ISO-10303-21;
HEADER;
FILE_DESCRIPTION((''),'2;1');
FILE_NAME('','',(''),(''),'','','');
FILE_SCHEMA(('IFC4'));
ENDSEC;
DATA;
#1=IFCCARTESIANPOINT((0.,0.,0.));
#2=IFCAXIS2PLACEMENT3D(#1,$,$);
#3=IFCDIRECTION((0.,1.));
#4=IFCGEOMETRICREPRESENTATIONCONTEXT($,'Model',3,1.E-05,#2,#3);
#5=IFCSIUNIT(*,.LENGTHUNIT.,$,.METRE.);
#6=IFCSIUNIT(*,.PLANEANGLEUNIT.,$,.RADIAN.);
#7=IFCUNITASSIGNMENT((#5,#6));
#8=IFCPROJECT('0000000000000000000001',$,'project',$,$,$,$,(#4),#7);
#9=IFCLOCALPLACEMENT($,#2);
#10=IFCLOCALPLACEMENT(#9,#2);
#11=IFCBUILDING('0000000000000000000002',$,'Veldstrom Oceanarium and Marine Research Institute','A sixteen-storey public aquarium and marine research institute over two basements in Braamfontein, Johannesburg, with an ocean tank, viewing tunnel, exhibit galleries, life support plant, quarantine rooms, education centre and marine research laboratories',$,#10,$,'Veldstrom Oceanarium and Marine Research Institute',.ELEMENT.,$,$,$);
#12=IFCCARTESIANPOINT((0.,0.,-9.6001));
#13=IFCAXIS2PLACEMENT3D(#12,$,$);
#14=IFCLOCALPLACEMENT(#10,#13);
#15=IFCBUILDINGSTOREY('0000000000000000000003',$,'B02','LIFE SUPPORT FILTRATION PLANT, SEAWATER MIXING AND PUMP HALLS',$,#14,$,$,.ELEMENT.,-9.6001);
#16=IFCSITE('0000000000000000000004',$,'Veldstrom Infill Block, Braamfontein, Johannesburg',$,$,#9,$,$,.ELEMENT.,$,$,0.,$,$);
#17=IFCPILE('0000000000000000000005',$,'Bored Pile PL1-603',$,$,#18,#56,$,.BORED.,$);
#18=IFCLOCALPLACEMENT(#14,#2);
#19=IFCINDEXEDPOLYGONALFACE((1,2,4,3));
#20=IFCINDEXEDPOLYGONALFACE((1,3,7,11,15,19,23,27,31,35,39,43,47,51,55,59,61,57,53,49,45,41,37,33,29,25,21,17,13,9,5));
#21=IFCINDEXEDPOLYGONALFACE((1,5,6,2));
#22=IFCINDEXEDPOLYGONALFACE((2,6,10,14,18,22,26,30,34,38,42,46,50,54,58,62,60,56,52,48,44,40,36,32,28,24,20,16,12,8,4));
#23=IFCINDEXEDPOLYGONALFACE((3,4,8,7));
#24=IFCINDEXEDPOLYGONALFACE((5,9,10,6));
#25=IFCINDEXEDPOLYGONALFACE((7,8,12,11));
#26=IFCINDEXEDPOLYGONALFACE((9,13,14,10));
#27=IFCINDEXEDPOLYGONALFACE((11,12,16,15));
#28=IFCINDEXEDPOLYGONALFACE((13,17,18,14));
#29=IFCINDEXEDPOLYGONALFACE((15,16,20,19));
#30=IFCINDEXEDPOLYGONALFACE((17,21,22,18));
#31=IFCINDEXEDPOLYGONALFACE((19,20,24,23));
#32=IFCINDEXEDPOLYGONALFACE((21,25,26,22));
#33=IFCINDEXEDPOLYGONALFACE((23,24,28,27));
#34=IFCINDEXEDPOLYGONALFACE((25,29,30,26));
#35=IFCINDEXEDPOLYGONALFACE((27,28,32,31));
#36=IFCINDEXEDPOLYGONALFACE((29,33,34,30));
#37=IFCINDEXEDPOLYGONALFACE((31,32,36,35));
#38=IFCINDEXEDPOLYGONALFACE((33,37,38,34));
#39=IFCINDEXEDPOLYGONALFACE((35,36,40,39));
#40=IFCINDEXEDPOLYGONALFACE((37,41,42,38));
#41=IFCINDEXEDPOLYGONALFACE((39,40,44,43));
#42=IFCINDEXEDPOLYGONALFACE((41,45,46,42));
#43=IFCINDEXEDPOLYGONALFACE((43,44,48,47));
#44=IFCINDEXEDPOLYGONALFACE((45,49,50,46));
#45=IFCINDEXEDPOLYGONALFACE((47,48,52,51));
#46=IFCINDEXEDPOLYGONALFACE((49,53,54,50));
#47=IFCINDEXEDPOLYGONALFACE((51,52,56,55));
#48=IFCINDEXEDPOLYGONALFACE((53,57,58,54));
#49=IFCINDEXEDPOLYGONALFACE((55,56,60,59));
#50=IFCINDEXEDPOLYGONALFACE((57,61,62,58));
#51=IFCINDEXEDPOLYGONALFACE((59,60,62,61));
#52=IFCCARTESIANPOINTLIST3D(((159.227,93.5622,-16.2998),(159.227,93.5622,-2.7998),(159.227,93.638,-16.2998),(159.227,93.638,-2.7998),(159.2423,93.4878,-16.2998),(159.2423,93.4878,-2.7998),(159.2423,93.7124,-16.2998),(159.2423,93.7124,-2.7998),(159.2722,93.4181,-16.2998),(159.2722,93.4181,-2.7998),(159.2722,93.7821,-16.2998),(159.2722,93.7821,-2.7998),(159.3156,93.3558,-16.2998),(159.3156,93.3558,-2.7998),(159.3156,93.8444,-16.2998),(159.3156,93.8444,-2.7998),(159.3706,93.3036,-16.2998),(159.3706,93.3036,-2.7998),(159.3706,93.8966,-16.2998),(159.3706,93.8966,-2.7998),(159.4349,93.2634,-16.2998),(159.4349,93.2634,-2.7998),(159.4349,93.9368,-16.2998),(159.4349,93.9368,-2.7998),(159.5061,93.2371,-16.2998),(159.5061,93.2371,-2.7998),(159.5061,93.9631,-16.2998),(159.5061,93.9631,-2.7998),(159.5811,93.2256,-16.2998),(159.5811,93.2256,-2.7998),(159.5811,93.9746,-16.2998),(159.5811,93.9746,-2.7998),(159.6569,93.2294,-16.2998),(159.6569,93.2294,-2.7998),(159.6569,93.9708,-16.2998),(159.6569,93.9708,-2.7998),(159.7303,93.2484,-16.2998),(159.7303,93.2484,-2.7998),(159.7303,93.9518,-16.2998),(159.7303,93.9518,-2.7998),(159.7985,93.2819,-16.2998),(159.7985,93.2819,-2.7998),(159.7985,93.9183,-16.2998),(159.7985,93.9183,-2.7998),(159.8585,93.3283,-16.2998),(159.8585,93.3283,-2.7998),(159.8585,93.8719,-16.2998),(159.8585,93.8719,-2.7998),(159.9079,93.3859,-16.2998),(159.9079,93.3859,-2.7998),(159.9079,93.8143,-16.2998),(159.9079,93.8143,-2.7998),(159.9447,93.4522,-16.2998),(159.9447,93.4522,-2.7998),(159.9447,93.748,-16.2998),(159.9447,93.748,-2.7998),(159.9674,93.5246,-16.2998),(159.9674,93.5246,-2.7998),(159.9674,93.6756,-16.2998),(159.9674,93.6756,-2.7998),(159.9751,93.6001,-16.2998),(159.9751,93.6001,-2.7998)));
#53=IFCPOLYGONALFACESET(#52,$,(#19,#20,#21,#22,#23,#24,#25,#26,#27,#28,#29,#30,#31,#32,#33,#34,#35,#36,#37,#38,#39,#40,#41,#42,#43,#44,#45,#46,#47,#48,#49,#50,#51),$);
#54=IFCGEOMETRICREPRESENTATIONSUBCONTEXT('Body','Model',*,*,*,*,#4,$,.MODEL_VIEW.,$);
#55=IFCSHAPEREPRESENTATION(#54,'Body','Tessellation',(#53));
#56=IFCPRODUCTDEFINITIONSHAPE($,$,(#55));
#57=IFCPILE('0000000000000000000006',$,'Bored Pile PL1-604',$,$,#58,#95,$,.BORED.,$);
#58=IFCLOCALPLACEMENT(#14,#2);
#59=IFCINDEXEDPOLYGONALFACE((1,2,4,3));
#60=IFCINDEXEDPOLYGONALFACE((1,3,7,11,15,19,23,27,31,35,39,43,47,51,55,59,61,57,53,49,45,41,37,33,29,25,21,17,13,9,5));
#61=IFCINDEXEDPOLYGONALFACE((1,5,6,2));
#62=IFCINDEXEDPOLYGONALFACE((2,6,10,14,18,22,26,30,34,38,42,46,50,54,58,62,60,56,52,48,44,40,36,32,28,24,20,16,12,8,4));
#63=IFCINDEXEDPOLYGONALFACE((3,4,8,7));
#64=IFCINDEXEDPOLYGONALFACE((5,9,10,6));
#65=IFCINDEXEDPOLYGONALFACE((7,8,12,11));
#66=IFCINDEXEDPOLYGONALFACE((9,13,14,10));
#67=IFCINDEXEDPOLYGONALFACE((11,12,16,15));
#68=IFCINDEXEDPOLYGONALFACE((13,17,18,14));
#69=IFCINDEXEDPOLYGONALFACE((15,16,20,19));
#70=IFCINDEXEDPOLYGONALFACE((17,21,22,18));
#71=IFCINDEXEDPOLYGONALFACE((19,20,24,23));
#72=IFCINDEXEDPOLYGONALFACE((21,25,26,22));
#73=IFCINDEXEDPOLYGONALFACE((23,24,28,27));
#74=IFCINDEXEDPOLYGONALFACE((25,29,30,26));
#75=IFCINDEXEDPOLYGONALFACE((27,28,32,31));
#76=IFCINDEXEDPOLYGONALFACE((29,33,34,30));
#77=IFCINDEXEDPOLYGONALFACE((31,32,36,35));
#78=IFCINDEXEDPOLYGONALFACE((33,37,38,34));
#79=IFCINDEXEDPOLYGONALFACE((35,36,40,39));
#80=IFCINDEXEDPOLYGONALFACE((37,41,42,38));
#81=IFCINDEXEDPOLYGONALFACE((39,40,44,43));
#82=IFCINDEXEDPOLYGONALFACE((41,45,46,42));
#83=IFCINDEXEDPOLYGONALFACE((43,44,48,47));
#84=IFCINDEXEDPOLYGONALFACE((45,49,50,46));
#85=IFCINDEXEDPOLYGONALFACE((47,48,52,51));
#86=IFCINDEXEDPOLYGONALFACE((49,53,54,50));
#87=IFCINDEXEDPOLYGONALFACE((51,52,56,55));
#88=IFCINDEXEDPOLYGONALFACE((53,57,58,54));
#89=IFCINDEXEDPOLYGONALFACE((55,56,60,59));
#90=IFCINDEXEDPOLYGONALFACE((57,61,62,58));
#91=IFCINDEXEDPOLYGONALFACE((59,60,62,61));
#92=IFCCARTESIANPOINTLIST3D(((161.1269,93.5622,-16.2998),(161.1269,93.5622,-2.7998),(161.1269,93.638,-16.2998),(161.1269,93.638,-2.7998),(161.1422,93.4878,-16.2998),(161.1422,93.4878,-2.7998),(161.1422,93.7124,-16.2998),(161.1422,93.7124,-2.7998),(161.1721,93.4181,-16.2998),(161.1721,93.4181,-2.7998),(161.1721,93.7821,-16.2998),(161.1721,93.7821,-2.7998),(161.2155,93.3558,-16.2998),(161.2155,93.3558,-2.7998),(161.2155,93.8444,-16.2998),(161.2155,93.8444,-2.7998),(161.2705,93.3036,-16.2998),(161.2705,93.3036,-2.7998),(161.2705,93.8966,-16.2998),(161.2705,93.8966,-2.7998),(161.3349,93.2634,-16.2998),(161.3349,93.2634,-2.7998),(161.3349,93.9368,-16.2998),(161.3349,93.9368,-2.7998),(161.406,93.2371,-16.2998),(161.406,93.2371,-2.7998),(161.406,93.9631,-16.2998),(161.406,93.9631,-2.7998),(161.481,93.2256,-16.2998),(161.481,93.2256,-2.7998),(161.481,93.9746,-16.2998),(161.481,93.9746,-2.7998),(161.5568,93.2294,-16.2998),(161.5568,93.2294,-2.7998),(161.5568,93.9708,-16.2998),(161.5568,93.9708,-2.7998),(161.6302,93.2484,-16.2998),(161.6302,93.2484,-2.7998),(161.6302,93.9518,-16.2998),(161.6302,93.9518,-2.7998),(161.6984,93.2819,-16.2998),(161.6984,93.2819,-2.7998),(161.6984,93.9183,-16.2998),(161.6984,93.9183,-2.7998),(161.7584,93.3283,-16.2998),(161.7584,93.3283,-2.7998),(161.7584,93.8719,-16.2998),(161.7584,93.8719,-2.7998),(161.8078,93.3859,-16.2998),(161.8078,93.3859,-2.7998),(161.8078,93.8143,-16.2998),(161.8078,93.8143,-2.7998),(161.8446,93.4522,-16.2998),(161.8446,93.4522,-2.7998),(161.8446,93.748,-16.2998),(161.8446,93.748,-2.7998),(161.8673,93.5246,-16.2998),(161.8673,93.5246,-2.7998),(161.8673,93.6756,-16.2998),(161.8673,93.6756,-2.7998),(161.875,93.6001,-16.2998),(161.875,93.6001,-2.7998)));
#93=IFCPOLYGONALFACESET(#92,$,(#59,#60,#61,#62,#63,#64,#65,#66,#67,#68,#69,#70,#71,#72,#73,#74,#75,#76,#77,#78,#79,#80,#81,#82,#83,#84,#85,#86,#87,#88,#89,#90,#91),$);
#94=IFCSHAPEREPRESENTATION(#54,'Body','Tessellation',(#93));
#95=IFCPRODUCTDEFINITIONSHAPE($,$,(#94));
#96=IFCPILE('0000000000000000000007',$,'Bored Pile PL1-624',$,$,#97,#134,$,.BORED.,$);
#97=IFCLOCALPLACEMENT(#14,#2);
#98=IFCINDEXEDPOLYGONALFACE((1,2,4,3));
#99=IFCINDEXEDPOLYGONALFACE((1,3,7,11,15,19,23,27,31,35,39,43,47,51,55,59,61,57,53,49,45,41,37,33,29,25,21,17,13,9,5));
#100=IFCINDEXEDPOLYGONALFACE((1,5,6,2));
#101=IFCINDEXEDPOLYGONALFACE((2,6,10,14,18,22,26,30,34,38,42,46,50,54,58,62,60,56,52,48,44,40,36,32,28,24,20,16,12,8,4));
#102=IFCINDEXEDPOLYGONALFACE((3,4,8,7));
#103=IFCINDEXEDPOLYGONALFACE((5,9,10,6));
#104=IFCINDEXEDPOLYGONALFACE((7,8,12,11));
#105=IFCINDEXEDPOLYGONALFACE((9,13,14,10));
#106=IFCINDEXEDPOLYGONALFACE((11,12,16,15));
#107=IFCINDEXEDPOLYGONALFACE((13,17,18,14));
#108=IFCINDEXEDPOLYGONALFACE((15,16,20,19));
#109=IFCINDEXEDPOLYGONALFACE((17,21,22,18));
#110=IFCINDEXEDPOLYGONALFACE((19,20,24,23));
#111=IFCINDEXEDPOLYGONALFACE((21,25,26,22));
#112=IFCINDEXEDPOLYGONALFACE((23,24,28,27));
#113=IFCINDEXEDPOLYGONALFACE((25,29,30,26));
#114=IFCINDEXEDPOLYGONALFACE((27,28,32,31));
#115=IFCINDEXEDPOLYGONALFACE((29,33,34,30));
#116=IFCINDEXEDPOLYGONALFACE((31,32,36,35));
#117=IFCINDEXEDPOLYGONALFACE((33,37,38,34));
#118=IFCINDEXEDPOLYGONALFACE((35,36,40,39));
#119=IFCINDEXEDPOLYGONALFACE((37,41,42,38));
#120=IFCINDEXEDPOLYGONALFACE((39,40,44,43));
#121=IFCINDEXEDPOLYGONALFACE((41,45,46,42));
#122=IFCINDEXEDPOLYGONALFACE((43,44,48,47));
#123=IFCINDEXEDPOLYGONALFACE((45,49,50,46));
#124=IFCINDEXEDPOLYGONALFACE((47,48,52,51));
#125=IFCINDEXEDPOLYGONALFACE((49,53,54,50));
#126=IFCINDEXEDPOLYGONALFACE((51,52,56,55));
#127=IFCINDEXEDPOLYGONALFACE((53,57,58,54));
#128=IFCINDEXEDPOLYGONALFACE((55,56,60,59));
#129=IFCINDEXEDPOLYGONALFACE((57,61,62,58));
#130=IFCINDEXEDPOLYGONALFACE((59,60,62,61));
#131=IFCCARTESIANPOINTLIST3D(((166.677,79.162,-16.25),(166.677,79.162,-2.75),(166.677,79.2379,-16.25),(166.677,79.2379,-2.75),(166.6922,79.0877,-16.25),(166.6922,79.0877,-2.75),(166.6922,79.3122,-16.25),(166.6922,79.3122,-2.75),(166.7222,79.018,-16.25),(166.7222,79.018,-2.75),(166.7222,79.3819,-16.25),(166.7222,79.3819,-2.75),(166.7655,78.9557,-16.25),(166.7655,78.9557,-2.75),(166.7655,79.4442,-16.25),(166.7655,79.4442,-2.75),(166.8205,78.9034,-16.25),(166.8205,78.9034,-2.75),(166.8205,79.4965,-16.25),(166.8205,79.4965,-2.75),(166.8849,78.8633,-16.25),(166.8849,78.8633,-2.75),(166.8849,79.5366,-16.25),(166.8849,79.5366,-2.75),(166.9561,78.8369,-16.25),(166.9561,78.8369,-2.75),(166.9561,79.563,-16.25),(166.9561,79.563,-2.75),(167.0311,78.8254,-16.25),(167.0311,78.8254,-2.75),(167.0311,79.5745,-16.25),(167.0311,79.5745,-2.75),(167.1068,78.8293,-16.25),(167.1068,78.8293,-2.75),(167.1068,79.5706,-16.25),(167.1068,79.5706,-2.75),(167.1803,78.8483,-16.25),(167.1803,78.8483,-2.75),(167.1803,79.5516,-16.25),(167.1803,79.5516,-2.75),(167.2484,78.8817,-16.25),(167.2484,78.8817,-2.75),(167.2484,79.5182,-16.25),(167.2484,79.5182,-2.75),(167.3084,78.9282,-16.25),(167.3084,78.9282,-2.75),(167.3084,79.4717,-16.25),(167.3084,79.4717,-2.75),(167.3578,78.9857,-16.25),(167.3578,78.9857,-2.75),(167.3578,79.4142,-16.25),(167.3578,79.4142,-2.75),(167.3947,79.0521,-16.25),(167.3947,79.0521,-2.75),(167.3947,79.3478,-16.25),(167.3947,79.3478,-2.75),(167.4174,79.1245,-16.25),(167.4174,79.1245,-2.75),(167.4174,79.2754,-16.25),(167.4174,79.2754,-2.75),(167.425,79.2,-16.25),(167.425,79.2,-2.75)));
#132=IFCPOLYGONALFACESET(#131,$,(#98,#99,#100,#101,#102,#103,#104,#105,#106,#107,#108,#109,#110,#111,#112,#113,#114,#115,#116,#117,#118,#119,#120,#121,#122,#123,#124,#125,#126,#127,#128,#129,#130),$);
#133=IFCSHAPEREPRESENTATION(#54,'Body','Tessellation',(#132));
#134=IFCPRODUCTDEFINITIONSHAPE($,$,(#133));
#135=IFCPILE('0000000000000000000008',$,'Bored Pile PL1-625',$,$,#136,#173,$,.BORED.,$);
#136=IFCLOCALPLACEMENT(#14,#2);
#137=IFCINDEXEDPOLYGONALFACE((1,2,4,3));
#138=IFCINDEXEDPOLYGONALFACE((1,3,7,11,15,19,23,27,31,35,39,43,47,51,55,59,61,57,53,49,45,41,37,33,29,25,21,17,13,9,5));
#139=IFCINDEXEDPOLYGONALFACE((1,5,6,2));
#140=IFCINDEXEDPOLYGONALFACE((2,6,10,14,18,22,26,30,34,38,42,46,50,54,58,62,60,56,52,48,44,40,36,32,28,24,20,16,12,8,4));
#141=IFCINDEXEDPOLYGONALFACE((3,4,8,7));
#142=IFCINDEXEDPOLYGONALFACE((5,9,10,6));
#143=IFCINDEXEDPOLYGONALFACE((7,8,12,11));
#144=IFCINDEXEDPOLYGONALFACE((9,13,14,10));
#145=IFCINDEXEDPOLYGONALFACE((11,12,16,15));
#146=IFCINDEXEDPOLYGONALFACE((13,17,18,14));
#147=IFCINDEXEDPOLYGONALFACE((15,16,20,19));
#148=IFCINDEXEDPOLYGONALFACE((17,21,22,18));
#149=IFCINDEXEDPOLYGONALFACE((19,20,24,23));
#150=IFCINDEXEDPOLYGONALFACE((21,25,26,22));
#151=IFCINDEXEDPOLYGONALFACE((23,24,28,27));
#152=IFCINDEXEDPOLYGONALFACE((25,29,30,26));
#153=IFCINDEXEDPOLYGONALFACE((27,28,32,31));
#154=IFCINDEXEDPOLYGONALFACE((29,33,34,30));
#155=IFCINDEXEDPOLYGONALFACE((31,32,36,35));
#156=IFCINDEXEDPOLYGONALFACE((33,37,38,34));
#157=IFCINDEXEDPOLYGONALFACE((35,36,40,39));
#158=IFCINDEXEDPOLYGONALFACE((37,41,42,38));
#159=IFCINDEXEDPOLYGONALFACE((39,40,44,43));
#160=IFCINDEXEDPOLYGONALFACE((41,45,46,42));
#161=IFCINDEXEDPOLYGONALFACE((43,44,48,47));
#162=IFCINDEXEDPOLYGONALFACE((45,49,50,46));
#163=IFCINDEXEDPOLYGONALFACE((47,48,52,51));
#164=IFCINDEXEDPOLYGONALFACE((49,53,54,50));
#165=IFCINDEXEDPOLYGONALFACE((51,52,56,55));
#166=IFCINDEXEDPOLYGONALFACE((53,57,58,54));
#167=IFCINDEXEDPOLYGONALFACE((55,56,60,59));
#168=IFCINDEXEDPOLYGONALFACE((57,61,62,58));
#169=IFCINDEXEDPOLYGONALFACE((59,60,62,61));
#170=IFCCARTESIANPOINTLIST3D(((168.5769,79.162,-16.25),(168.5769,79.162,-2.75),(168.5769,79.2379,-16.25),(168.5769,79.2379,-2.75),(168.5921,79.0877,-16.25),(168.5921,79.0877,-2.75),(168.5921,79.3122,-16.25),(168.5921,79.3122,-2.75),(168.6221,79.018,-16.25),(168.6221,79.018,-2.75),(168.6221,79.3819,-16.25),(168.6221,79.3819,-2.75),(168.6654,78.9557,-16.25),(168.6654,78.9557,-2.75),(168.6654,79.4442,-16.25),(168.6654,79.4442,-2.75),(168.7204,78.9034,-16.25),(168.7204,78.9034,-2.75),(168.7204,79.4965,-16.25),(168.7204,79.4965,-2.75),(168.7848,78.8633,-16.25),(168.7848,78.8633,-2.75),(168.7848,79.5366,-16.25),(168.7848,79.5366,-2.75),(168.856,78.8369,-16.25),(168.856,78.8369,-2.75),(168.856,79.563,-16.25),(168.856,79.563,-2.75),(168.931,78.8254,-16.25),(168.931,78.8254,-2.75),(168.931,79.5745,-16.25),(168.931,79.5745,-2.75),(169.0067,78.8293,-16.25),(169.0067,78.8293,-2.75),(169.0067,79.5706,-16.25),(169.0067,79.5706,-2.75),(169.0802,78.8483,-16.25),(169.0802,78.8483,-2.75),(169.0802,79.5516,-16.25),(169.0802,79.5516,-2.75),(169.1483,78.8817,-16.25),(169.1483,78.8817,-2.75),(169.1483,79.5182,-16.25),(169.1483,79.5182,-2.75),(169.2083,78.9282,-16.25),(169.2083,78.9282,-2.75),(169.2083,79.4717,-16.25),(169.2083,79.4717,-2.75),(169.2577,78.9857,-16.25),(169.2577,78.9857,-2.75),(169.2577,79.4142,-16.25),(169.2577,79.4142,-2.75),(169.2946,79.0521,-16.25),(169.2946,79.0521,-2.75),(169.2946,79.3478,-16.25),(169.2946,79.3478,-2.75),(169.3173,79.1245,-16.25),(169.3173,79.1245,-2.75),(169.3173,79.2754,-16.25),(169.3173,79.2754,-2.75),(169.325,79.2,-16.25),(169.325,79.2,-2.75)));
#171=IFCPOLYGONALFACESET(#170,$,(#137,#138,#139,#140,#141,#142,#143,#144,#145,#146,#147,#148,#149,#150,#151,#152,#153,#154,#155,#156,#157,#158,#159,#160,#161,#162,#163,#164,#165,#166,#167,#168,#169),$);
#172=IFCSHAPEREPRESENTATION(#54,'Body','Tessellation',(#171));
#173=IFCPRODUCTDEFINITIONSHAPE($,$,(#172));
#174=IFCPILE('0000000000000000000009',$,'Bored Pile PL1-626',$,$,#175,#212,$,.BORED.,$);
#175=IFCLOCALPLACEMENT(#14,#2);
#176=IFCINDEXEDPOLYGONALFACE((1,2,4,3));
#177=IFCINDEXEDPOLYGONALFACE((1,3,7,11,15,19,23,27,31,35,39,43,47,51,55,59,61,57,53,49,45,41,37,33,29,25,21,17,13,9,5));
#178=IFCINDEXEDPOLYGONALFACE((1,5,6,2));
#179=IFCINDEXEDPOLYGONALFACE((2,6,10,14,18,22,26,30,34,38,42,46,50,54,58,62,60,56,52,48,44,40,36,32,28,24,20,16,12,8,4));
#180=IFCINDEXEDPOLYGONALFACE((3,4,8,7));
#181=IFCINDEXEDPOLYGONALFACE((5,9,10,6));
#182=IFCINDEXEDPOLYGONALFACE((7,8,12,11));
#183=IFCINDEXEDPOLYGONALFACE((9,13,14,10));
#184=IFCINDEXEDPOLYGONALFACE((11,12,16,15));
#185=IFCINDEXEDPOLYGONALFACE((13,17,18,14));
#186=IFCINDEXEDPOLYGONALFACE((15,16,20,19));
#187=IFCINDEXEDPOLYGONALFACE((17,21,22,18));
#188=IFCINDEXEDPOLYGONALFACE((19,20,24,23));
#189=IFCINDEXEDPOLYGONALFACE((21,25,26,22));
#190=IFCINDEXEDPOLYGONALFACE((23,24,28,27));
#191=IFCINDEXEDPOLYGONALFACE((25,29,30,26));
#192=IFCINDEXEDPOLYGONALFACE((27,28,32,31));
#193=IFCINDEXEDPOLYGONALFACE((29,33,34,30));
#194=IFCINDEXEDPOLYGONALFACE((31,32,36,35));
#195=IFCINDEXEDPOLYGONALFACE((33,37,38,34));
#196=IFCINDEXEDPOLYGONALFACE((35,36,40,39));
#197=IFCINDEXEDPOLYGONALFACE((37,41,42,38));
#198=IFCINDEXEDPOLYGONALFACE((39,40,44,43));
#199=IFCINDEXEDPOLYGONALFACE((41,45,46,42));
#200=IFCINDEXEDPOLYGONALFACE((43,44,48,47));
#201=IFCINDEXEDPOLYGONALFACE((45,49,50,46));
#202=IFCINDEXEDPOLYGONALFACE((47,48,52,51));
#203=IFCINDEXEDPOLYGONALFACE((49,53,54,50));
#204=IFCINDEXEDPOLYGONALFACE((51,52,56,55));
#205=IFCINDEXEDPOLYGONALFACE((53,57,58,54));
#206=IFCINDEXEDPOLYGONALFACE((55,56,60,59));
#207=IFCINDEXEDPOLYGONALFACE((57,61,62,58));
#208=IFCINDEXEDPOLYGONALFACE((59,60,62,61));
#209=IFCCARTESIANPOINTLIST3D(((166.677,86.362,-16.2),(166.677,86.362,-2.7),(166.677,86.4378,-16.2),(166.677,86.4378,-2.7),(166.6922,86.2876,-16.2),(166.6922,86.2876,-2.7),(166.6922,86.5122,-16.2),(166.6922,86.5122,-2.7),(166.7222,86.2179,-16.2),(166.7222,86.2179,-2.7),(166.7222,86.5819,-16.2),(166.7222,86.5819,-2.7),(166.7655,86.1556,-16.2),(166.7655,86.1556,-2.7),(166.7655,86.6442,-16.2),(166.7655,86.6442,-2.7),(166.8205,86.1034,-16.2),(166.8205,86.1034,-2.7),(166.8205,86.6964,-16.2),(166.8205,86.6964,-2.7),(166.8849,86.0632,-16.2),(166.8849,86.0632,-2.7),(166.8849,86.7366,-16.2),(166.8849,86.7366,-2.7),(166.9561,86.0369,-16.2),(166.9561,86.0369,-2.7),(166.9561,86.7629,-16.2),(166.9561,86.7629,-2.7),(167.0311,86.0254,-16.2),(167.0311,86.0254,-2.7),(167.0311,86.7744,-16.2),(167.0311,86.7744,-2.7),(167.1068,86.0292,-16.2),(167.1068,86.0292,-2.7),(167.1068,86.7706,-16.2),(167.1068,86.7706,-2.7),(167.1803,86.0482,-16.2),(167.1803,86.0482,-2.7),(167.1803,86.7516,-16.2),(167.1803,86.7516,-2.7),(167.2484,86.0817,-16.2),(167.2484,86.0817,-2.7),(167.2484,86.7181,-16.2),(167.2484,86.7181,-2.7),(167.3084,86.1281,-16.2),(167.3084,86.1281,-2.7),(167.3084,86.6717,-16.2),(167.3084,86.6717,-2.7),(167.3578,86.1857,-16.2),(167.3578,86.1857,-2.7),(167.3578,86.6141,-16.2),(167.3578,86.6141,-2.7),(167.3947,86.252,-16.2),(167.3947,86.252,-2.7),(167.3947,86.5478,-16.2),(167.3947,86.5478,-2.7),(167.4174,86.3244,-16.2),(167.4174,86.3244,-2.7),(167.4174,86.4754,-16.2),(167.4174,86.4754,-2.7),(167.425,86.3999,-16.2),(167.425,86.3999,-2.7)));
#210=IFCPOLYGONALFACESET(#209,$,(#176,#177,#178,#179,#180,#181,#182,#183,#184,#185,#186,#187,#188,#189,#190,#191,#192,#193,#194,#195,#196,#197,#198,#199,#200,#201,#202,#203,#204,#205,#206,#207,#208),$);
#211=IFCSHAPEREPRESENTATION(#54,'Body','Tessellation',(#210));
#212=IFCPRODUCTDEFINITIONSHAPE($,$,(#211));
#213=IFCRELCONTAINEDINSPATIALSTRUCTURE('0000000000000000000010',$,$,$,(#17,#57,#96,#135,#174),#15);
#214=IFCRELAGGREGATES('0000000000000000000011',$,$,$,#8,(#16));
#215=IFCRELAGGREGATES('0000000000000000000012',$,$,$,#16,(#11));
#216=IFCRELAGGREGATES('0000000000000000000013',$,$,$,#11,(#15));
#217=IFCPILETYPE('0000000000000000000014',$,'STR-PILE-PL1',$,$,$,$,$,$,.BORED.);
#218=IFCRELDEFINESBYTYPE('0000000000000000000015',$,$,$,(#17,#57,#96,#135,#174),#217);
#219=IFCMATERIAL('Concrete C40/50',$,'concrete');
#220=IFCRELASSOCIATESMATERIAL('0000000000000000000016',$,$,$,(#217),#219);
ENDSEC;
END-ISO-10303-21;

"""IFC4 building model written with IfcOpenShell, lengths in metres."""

from ifc_helpers import new_model, si_unit, direction, frame, origin, origin_2d, place, context, subcontext, project, spatial, circle, extrude, material, material_profile, profile_set, type_object, element, save


model = new_model("IFC4")

# Units and contexts
model_context = context("Model", 3, precision=1e-05, world=origin(), true_north=direction((0.0, 1.0)))
body_context = subcontext(model_context, "Body", "Model", "MODEL_VIEW")
ifc_project = project(units=[si_unit("LENGTHUNIT", "METRE"), si_unit("PLANEANGLEUNIT", "RADIAN")], contexts=[model_context])

# Site, building, storey
site_placement = place(None, origin())
site = spatial("IfcSite", under=ifc_project, at=site_placement, Name="Veldstrom Infill Block, Braamfontein, Johannesburg", CompositionType="ELEMENT", RefElevation=0.0)
building_placement = place(site_placement, origin())
building = spatial("IfcBuilding", under=site, at=building_placement, Name="Veldstrom Oceanarium and Marine Research Institute", Description="A sixteen-storey public aquarium and marine research institute over two basements in Braamfontein, Johannesburg, with an ocean tank, viewing tunnel, exhibit galleries, life support plant, quarantine rooms, education centre and marine research laboratories", LongName="Veldstrom Oceanarium and Marine Research Institute", CompositionType="ELEMENT")
storey_placement = place(building_placement, frame((0.0, 0.0, -9.6001)))
storey = spatial("IfcBuildingStorey", under=building, at=storey_placement, Name="B02", Description="LIFE SUPPORT FILTRATION PLANT, SEAWATER MIXING AND PUMP HALLS", CompositionType="ELEMENT", Elevation=-9.6001)

# Piles
ifc_material_1 = material(Name="Concrete C40/50", Category="concrete")
ifc_material_profile_1 = material_profile(ifc_material_1, circle(Radius=0.375, at=origin_2d()), Name="PILE-D750")
ifc_profile_set_1 = profile_set([ifc_material_profile_1], Name="Concrete C40/50")
pile_type = type_object("IfcPileType", Name="STR-PILE-PL1", PredefinedType="BORED", material=ifc_profile_set_1)
for number, where, z_axis, x_axis, name in (
    (1, (159.6001, 93.6001, -2.7998), (0.0, 0.0, -1.0), (1.0, 0.0, 0.0), "Bored Pile PL1-603"),
    (2, (161.5, 93.6001, -2.7998), (0.0, 0.0, -1.0), (1.0, 0.0, 0.0), "Bored Pile PL1-604"),
    (3, (167.05, 79.2, -2.75), (0.0, 0.0, -1.0), (1.0, 0.0, 0.0), "Bored Pile PL1-624"),
    (4, (168.95, 79.2, -2.75), (0.0, 0.0, -1.0), (1.0, 0.0, 0.0), "Bored Pile PL1-625"),
    (5, (167.05, 86.3999, -2.7), (0.0, 0.0, -1.0), (1.0, 0.0, 0.0), "Bored Pile PL1-626"),
):
    element("IfcPile", number, at=place(storey_placement, frame(where, z_axis=z_axis, x_axis=x_axis)), inside=storey, type_object=pile_type, Name=name, PredefinedType="BORED", context=body_context, shape_type="SweptSolid", body=[
        extrude(circle(Radius=0.375, at=origin_2d()), origin(), (0.0, 0.0, 1.0), 13.5),
    ])

save(model, "model.ifc")
